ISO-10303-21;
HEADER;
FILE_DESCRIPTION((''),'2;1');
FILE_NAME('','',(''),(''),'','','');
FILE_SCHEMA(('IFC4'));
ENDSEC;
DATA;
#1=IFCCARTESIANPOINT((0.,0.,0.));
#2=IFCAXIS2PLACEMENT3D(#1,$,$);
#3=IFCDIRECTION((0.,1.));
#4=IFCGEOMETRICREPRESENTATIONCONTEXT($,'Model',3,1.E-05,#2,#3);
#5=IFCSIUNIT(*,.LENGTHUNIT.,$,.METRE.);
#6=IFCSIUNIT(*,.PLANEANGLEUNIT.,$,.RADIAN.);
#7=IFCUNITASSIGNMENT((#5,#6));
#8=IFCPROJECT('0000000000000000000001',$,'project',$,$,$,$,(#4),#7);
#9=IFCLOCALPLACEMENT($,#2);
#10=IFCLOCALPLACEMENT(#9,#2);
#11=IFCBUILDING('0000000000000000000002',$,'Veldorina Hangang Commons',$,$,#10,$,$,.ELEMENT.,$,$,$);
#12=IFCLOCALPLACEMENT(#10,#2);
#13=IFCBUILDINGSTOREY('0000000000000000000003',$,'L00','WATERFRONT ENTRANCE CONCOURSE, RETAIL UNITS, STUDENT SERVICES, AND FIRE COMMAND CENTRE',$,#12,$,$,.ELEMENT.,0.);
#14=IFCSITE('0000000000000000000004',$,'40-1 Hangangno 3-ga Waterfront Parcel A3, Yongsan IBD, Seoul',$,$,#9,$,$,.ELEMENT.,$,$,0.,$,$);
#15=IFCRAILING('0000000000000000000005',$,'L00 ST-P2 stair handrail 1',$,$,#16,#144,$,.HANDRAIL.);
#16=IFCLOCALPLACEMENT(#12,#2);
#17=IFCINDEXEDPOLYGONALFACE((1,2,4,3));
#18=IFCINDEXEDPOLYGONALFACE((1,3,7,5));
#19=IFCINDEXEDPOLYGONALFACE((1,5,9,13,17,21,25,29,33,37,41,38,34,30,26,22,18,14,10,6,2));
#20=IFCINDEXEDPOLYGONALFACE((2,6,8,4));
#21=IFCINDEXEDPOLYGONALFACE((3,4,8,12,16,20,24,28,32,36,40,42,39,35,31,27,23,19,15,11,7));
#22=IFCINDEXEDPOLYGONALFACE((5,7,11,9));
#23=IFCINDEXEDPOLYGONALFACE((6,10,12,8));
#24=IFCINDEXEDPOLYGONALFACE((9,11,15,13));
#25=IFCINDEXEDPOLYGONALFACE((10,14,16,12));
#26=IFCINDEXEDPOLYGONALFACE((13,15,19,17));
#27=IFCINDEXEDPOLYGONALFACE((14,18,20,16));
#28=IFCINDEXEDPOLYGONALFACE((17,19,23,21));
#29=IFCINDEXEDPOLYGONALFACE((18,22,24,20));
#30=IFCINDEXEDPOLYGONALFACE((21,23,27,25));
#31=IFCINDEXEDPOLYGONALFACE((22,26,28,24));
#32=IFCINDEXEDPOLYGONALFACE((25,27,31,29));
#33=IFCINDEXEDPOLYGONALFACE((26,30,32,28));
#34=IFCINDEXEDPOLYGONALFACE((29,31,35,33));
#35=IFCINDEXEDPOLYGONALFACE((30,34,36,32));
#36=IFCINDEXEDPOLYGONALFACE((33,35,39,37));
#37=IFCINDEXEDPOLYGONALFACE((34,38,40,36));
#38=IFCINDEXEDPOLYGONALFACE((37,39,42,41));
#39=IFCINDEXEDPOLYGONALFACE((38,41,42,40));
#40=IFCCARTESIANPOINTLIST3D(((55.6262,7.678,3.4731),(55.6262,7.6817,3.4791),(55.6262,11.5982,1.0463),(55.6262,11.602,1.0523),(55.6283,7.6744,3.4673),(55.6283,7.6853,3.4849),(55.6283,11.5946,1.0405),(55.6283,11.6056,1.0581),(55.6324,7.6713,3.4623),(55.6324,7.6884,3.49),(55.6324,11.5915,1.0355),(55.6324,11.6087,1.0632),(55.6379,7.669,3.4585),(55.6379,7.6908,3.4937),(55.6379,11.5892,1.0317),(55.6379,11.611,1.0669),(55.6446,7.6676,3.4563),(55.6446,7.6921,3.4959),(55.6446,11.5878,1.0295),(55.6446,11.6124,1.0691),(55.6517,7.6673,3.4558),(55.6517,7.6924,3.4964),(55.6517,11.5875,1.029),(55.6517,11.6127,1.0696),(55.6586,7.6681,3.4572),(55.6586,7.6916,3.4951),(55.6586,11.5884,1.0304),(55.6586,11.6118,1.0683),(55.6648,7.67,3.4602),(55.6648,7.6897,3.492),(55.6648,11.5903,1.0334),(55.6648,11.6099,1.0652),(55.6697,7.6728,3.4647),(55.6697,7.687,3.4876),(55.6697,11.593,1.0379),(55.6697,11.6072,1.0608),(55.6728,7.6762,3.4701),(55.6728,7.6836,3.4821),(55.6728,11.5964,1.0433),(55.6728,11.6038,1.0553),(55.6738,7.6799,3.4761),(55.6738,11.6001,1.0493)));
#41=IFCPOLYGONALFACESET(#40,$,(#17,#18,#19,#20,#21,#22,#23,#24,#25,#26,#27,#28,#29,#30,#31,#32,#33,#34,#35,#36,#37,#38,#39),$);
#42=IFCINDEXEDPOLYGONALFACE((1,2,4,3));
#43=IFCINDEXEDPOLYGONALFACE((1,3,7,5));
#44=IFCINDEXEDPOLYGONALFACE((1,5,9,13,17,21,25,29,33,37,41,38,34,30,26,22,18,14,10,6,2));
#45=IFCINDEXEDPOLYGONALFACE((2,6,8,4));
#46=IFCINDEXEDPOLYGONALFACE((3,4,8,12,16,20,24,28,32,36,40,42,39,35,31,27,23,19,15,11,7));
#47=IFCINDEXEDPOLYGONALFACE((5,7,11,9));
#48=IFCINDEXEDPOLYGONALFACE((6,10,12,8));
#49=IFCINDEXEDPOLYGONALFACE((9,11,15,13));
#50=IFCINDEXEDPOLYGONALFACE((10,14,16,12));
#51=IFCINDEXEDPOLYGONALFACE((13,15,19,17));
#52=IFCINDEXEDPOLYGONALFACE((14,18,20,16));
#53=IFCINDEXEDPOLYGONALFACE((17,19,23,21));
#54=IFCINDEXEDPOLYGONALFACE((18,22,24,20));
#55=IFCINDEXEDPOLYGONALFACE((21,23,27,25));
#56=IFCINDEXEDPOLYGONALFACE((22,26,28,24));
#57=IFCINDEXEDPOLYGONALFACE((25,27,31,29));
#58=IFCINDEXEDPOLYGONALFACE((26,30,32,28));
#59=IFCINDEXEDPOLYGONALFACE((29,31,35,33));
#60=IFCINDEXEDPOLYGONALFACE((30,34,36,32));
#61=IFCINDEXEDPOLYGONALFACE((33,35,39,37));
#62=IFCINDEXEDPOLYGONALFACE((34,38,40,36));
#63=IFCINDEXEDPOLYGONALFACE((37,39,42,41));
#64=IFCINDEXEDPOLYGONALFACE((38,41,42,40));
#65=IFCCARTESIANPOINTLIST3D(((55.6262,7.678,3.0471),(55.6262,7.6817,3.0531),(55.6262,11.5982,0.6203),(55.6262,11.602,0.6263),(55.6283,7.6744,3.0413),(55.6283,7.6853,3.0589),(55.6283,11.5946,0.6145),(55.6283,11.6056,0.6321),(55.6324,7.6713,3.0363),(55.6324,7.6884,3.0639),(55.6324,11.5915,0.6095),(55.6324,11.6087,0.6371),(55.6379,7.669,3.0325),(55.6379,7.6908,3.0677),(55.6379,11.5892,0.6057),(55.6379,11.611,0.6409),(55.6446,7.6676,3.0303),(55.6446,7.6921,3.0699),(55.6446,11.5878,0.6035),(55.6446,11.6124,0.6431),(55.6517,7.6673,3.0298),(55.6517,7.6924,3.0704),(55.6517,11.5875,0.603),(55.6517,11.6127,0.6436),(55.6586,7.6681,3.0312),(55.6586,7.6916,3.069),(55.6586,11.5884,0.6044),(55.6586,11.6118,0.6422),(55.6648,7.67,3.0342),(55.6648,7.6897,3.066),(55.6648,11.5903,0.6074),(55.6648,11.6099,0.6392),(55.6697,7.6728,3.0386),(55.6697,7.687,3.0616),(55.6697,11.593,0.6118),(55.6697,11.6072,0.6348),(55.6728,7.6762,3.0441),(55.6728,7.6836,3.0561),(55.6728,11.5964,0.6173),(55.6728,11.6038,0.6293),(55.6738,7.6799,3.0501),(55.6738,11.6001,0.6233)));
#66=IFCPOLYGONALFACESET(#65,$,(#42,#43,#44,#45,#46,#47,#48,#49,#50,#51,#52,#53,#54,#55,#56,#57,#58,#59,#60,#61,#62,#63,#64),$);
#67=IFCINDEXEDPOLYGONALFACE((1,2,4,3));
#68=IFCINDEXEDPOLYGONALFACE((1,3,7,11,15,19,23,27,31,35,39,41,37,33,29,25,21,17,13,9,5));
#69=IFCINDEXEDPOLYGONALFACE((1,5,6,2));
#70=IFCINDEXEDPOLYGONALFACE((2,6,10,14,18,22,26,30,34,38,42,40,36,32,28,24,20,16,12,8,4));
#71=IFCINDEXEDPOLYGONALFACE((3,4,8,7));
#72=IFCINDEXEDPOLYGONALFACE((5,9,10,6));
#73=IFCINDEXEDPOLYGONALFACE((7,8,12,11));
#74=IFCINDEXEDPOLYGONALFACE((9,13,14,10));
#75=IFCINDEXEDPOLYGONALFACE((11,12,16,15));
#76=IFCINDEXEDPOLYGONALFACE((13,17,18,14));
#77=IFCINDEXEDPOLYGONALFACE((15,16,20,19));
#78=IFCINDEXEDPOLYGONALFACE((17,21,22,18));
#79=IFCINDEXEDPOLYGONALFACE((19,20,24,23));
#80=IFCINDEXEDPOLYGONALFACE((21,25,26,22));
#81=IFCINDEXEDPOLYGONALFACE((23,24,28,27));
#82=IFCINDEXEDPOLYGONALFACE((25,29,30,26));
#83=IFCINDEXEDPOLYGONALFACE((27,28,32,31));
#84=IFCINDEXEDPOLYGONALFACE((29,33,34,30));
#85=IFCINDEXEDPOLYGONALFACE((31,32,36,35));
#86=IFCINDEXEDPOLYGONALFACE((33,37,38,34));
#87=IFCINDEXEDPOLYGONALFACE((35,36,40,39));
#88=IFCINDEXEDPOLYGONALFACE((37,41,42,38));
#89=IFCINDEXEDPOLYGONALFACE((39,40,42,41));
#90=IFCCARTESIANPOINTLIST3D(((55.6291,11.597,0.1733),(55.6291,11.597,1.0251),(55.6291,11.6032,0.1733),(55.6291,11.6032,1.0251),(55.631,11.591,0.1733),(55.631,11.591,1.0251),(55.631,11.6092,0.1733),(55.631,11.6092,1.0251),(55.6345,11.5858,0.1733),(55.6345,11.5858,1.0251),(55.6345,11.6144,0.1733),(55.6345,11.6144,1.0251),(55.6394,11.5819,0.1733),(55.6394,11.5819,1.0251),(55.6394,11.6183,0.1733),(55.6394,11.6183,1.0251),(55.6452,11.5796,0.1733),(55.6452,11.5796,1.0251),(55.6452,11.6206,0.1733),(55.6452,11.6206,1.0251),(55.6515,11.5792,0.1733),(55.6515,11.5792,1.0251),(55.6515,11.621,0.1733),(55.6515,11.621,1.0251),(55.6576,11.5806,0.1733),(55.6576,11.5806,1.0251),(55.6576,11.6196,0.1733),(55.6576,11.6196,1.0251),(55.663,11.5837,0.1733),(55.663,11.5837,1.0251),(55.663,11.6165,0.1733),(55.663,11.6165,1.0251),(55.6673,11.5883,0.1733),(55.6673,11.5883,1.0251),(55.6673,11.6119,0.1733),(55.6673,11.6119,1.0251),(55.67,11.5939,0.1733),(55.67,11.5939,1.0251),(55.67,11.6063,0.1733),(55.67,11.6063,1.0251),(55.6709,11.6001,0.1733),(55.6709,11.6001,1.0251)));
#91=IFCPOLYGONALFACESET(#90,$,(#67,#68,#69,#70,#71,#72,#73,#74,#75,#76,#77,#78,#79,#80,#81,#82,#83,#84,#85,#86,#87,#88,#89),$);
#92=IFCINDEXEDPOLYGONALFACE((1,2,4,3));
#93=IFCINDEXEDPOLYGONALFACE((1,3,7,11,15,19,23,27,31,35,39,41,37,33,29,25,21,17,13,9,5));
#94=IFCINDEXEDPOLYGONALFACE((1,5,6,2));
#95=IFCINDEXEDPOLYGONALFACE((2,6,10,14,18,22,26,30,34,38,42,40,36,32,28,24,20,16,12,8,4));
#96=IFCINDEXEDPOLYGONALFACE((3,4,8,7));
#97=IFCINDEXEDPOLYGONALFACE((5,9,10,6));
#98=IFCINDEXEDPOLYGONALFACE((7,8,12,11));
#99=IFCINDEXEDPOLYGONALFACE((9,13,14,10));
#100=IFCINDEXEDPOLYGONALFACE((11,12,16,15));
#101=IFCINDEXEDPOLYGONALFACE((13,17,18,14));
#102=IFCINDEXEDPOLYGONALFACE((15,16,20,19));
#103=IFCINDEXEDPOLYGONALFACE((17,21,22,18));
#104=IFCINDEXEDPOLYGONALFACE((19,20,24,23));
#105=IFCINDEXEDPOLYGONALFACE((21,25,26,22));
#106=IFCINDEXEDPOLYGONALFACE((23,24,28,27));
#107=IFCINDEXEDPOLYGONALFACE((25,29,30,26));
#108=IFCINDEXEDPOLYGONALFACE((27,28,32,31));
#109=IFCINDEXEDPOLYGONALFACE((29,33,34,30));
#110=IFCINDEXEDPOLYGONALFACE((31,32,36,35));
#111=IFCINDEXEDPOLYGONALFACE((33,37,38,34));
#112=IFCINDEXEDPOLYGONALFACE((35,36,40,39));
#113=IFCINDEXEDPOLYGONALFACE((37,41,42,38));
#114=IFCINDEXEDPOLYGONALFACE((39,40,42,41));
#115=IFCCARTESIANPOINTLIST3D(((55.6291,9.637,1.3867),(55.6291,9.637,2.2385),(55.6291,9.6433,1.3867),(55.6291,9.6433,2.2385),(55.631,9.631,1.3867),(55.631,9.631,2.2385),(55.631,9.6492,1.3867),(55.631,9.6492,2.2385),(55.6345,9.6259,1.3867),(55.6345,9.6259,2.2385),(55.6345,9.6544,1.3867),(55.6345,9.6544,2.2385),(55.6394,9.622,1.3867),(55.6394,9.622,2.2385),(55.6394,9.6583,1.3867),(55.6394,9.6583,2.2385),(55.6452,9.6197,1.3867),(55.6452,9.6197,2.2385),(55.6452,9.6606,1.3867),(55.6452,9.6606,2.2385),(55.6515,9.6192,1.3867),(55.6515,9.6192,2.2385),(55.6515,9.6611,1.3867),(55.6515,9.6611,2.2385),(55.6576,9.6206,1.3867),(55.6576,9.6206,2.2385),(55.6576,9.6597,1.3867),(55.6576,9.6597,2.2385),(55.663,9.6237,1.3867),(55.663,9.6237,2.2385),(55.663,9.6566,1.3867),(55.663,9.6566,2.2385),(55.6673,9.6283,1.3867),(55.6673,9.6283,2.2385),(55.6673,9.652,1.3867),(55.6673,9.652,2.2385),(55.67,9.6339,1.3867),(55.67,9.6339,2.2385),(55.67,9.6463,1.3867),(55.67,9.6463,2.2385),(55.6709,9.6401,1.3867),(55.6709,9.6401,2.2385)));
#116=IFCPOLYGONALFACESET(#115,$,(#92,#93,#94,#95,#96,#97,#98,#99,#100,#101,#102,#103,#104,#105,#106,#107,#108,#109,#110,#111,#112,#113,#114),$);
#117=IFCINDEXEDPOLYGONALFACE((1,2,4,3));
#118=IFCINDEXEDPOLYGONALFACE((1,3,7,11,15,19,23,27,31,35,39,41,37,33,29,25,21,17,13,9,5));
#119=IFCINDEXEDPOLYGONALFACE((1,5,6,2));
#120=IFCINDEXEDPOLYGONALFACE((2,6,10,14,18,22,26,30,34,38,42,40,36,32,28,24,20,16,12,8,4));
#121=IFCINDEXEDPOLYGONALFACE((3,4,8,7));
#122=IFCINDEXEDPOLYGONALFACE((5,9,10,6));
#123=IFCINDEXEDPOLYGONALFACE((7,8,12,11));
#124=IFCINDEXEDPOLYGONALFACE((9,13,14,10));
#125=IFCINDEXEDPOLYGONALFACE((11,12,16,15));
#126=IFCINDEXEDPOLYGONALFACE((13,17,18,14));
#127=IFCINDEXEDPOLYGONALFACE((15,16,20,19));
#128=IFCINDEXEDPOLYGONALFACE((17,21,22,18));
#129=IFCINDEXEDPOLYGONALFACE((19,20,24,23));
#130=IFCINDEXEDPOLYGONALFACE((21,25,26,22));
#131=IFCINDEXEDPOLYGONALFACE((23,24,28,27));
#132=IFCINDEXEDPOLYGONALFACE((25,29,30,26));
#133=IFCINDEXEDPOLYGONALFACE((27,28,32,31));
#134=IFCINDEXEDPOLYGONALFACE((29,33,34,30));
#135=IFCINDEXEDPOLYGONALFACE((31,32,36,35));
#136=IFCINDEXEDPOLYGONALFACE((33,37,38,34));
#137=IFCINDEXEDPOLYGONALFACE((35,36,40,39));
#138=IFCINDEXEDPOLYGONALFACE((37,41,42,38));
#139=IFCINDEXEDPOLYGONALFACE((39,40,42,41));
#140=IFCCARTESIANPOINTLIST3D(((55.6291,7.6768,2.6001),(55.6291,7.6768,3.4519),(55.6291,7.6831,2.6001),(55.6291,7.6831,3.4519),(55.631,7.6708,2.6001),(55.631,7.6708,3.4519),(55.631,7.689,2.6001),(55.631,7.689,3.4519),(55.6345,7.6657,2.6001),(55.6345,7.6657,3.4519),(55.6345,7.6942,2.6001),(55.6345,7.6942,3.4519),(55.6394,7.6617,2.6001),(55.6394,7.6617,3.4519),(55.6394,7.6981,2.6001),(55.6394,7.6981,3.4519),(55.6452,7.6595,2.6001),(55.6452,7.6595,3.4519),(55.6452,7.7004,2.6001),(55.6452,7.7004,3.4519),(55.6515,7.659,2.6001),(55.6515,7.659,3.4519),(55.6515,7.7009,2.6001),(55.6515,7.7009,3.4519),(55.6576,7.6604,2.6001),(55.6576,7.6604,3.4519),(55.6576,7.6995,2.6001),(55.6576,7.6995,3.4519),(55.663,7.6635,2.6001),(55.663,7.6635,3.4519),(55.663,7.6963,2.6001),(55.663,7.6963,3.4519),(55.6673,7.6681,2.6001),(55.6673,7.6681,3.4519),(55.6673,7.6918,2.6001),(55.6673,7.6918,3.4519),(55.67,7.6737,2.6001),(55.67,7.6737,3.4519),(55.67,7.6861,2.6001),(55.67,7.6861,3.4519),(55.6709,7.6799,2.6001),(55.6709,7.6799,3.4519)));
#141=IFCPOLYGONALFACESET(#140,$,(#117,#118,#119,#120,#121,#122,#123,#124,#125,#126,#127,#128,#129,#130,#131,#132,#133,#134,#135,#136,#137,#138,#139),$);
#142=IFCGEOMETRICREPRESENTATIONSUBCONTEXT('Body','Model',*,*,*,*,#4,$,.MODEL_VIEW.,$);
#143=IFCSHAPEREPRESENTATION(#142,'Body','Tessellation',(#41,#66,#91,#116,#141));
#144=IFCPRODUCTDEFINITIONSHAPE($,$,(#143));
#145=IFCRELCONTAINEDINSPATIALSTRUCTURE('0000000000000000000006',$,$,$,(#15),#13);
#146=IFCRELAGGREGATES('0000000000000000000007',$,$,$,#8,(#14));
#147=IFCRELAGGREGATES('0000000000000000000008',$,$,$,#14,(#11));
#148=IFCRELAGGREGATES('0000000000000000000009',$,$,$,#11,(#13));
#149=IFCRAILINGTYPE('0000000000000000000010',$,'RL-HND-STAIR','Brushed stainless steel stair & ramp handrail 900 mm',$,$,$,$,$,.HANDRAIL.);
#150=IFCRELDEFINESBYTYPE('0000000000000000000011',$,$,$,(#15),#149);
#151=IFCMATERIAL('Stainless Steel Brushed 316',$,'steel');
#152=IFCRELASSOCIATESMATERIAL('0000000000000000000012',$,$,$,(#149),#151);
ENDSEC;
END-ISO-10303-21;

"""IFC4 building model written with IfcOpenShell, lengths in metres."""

from ifc_helpers import new_model, si_unit, direction, frame, origin, origin_2d, place, context, subcontext, project, spatial, circle, extrude, material, type_object, element, save


model = new_model("IFC4")

# Units and contexts
model_context = context("Model", 3, precision=1e-05, world=origin(), true_north=direction((0.0, 1.0)))
body_context = subcontext(model_context, "Body", "Model", "MODEL_VIEW")
ifc_project = project(units=[si_unit("LENGTHUNIT", "METRE"), si_unit("PLANEANGLEUNIT", "RADIAN")], contexts=[model_context])

# Site, building, storey
site_placement = place(None, origin())
site = spatial("IfcSite", under=ifc_project, at=site_placement, Name="40-1 Hangangno 3-ga Waterfront Parcel A3, Yongsan IBD, Seoul", CompositionType="ELEMENT", RefElevation=0.0)
building_placement = place(site_placement, origin())
building = spatial("IfcBuilding", under=site, at=building_placement, Name="Veldorina Hangang Commons", CompositionType="ELEMENT")
storey_placement = place(building_placement, origin())
storey = spatial("IfcBuildingStorey", under=building, at=storey_placement, Name="L00", Description="WATERFRONT ENTRANCE CONCOURSE, RETAIL UNITS, STUDENT SERVICES, AND FIRE COMMAND CENTRE", CompositionType="ELEMENT", Elevation=0.0)

# Railing
ifc_material_1 = material(Name="Stainless Steel Brushed 316", Category="steel")
railing_type_1 = type_object("IfcRailingType", Name="RL-HND-STAIR", Description="Brushed stainless steel stair & ramp handrail 900 mm", PredefinedType="HANDRAIL", material=ifc_material_1)
railing_1_placement = place(storey_placement, frame((55.6499, 11.6001, 0.1733)))
element("IfcRailing", 1, at=railing_1_placement, inside=storey, type_object=railing_type_1, Name="L00 ST-P2 stair handrail 1", PredefinedType="HANDRAIL", context=body_context, shape_type="SweptSolid", body=[
    extrude(circle(Radius=0.0239, at=origin_2d()), frame((0.0, 0.0, 0.876), z_axis=(0.0, -0.850266, 0.526353), x_axis=(1.0, 0.0, 0.0)), (0.0, 0.0, 1.0), 4.6106),
    extrude(circle(Radius=0.0239, at=origin_2d()), frame((0.0, 0.0, 0.45), z_axis=(0.0, -0.850266, 0.526353), x_axis=(1.0, 0.0, 0.0)), (0.0, 0.0, 1.0), 4.6106),
    extrude(circle(Radius=0.021, at=origin_2d()), origin(), (0.0, 0.0, 1.0), 0.8518),
    extrude(circle(Radius=0.021, at=origin_2d()), frame((0.0, -1.96, 1.2134)), (0.0, 0.0, 1.0), 0.8518),
    extrude(circle(Radius=0.021, at=origin_2d()), frame((0.0, -3.9202, 2.4268)), (0.0, 0.0, 1.0), 0.8518),
])

save(model, "model.ifc")
